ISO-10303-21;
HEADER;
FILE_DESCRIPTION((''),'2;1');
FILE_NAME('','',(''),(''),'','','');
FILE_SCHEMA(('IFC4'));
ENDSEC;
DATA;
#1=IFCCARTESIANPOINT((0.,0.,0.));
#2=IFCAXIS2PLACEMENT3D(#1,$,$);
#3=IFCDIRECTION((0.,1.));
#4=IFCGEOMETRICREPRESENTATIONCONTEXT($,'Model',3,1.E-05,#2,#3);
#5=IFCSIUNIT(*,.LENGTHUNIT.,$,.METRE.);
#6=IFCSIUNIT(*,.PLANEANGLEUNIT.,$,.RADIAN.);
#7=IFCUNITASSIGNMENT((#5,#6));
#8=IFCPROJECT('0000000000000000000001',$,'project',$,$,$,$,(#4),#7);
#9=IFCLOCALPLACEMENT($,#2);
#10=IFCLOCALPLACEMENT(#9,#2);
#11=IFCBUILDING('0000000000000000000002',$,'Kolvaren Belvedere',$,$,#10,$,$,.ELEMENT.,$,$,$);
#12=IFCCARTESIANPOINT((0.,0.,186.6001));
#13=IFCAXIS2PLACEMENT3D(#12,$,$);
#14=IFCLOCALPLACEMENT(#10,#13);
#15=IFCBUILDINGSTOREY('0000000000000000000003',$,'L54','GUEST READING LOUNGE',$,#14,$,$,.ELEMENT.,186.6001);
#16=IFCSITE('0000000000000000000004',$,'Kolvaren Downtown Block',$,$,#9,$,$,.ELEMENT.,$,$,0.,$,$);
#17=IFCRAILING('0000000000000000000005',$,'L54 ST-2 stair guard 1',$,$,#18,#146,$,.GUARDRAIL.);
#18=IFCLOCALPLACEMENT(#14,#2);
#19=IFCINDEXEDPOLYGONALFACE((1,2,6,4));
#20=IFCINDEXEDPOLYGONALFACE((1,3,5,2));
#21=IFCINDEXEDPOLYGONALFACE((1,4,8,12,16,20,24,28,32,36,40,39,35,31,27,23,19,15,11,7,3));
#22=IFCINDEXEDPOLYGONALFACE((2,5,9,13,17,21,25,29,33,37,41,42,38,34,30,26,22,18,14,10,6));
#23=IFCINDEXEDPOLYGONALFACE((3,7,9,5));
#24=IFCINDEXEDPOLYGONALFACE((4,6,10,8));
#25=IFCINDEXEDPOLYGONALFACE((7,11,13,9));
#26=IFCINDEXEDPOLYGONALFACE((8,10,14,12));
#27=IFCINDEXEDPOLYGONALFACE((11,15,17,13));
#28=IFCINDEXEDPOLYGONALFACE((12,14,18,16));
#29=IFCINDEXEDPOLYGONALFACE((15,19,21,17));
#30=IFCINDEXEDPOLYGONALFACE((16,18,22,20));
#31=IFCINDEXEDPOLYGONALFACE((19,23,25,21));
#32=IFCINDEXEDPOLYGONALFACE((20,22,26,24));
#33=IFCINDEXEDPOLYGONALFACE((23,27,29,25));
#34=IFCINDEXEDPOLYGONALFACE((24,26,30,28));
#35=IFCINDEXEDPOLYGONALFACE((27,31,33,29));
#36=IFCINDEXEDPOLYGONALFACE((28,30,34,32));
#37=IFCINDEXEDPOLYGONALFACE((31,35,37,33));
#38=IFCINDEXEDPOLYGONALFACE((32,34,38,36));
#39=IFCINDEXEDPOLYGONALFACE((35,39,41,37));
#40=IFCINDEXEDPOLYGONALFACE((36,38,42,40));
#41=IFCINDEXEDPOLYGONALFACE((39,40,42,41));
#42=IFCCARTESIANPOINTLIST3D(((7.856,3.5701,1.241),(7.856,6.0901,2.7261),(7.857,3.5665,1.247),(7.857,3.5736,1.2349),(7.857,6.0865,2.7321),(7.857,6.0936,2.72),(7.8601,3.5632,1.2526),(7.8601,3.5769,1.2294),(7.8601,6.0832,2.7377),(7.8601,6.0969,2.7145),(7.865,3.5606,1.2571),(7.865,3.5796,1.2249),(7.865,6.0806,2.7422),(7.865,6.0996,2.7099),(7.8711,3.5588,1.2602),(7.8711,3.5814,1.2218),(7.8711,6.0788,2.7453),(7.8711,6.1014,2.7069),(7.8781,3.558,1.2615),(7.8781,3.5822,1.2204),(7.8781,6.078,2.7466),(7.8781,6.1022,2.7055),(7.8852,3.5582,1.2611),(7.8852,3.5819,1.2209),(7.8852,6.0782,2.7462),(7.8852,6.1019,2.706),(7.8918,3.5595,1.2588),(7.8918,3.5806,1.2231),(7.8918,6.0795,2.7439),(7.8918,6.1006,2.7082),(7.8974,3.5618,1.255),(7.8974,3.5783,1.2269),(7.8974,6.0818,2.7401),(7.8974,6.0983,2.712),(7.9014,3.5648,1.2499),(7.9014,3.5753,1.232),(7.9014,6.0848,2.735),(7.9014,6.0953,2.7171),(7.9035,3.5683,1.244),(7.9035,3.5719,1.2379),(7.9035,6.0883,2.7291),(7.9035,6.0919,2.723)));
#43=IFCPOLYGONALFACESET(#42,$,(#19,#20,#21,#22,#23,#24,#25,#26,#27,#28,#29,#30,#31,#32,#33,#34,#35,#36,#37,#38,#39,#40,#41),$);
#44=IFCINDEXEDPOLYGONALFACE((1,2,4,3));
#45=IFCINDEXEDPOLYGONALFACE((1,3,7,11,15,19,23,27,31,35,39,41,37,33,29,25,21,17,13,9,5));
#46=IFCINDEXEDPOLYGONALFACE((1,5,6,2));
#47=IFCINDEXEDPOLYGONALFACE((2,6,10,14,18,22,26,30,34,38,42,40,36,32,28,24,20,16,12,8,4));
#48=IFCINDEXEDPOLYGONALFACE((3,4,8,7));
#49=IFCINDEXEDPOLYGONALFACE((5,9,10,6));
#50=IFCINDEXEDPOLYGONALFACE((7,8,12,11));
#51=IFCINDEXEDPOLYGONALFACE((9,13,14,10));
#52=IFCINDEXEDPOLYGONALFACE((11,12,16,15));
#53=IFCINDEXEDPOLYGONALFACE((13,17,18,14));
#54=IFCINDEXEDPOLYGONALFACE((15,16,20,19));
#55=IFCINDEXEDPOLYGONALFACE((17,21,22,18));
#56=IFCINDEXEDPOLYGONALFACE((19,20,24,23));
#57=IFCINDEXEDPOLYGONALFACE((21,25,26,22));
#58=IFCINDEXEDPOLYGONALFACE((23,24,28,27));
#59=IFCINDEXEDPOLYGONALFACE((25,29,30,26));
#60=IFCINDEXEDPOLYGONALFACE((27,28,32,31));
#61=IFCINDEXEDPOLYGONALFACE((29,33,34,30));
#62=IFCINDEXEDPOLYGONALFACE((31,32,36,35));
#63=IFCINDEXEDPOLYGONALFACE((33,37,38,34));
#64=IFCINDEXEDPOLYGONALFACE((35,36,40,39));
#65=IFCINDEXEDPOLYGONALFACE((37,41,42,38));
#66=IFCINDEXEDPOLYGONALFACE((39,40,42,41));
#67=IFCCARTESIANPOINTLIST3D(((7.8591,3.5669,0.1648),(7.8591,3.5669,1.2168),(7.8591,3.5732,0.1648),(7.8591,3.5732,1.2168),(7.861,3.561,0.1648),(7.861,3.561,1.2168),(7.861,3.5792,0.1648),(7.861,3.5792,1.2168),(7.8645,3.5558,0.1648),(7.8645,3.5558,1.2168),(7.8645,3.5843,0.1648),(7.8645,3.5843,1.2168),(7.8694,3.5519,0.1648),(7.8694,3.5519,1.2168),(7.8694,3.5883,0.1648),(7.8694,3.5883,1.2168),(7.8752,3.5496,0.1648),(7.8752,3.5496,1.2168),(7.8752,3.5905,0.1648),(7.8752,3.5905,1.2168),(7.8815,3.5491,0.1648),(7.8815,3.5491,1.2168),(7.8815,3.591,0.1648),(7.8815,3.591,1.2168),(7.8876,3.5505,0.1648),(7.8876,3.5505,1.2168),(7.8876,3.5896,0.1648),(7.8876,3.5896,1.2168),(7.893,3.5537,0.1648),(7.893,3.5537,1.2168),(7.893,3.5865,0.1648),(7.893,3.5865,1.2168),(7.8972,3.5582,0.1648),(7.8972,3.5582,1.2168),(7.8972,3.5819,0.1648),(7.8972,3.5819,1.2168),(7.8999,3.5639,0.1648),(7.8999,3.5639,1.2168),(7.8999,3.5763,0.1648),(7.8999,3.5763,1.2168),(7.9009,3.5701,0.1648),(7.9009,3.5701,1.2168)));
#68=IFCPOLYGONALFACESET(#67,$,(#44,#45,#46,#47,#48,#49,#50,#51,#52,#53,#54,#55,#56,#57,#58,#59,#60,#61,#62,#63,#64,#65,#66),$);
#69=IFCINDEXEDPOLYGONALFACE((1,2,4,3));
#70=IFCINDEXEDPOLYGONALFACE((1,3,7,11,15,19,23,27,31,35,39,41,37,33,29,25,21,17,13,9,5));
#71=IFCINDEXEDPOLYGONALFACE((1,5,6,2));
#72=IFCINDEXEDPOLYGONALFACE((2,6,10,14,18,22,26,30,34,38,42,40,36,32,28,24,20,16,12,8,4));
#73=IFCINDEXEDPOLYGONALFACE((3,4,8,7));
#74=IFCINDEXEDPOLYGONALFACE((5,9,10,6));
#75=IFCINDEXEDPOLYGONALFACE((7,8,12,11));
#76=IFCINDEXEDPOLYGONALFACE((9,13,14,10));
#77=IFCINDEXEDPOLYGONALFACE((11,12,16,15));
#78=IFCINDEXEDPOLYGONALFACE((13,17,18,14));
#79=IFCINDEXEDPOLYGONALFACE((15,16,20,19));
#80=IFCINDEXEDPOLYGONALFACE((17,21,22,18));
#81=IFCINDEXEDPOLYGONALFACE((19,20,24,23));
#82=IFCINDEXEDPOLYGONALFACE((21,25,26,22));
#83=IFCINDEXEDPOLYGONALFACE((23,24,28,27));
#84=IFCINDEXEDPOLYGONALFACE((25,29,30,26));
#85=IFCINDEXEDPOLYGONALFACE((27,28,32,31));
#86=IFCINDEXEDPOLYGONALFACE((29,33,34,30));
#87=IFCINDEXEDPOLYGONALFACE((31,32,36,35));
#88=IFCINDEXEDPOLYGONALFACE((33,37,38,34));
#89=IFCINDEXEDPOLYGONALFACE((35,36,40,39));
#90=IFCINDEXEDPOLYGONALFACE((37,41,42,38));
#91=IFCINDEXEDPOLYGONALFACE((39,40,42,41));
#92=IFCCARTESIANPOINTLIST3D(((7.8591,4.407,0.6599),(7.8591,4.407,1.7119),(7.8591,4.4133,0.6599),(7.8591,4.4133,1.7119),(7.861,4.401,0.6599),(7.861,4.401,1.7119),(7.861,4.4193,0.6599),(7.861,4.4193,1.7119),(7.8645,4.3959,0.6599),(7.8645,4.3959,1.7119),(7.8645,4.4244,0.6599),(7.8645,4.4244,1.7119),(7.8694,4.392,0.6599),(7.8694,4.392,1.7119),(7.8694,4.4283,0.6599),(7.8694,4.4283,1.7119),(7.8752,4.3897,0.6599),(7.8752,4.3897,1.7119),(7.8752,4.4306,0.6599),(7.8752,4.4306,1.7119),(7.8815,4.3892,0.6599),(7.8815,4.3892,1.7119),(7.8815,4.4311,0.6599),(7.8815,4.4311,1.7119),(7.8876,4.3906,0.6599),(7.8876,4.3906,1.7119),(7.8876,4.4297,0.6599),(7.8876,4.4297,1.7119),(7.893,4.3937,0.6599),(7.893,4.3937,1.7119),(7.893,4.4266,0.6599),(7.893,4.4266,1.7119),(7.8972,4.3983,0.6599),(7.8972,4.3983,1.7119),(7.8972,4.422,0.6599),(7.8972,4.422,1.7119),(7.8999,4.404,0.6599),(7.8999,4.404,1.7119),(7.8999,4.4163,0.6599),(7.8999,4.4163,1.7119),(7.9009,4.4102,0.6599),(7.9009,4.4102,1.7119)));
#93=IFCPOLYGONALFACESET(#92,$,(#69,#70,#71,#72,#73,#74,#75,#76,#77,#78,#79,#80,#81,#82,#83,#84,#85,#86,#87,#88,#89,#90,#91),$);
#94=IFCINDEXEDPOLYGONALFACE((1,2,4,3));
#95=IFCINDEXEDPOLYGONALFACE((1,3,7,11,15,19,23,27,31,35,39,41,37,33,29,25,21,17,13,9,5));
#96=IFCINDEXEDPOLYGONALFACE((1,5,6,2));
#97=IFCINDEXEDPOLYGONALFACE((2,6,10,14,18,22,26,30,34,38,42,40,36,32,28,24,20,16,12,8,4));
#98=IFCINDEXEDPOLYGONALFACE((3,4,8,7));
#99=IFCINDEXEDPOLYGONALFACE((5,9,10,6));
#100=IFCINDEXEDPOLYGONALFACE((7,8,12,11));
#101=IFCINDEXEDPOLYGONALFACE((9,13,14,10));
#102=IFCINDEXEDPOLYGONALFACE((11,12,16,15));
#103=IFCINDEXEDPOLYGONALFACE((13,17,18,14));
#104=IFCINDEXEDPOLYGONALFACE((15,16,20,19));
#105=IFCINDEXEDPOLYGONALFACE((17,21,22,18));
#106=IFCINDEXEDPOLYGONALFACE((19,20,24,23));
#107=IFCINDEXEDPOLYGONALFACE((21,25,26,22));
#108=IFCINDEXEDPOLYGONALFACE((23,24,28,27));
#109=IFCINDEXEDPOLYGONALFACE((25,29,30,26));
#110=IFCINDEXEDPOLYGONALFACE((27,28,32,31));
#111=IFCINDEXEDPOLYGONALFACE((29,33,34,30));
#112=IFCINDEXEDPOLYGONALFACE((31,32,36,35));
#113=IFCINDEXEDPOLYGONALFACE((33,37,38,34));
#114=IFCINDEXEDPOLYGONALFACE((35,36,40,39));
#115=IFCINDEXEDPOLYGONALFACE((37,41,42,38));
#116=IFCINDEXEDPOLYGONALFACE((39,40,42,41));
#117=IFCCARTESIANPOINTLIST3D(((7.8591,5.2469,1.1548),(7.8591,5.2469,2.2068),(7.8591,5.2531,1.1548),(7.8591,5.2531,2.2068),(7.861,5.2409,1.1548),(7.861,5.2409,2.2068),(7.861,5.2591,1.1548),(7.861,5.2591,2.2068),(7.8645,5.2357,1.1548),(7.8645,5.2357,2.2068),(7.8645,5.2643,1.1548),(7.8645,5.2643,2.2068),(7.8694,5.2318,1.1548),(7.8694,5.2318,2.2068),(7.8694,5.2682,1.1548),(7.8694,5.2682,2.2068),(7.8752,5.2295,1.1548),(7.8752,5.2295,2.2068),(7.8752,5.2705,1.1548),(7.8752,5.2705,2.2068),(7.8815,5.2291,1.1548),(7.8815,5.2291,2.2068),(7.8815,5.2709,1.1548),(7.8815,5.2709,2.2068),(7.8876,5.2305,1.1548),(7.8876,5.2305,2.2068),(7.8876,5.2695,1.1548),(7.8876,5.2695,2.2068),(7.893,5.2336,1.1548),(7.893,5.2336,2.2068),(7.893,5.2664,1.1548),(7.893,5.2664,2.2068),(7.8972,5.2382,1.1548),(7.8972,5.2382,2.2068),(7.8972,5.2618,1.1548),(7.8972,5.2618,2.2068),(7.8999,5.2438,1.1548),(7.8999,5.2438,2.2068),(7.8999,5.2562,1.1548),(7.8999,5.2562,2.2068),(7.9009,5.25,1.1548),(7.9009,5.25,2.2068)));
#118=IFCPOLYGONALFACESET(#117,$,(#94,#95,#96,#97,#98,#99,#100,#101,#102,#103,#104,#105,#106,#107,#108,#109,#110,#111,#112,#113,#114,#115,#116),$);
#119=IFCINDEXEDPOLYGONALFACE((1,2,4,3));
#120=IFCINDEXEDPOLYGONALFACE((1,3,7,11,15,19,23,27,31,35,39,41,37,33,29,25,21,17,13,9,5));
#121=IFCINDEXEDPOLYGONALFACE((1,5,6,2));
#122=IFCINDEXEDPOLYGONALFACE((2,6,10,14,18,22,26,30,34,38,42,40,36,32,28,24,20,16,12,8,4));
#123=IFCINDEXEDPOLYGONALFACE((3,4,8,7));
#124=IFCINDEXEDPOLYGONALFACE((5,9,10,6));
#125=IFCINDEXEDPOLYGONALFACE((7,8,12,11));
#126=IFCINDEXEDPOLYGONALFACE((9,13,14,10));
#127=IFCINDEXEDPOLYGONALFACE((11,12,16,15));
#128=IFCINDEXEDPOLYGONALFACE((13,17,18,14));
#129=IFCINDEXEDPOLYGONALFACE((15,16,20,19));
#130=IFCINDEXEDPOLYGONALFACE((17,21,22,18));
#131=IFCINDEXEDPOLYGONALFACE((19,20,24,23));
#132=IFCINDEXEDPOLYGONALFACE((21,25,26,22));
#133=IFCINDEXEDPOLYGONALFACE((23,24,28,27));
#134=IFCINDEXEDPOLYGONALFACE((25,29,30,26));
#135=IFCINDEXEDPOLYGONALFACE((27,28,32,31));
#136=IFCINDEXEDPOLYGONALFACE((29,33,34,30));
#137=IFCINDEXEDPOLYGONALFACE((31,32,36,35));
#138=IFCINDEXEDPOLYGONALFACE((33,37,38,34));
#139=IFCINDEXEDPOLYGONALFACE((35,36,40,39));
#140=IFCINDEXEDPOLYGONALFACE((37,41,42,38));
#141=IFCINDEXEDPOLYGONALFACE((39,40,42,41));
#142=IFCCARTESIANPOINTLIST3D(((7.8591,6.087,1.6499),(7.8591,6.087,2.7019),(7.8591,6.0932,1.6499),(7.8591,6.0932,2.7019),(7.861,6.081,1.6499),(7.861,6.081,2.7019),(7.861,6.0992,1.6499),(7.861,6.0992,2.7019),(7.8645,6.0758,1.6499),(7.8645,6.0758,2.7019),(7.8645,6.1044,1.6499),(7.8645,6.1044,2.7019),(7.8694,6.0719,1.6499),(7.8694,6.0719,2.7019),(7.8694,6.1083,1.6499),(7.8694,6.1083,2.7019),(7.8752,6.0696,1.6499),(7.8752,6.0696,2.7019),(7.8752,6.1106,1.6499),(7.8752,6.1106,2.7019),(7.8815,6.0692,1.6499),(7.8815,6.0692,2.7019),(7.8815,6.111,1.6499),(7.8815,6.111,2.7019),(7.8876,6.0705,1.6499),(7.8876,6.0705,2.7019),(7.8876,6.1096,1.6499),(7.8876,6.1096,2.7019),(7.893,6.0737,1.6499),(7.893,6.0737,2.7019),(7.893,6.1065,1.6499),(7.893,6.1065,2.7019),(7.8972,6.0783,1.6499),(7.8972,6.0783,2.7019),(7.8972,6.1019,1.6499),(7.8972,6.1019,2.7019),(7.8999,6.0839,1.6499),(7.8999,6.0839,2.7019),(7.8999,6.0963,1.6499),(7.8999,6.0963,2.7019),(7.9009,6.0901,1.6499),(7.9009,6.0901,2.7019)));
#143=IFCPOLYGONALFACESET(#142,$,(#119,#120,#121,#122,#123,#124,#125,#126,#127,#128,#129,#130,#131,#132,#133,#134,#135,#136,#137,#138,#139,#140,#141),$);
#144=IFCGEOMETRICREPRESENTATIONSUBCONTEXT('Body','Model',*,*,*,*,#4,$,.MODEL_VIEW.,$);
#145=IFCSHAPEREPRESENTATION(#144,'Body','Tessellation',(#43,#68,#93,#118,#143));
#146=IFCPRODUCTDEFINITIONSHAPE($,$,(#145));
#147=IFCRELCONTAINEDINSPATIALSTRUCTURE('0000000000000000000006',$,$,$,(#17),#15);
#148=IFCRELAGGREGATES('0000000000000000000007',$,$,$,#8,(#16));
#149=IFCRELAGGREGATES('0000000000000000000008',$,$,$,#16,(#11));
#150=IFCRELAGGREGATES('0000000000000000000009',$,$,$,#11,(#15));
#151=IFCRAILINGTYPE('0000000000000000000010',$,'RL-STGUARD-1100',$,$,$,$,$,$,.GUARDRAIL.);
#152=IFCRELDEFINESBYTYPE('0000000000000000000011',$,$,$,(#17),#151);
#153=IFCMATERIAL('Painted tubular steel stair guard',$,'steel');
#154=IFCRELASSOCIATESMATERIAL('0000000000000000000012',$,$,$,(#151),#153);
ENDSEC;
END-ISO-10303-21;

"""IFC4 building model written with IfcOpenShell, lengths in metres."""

from ifc_helpers import new_model, si_unit, direction, frame, origin, origin_2d, place, context, subcontext, project, spatial, circle, extrude, material, type_object, element, save


model = new_model("IFC4")

# Units and contexts
model_context = context("Model", 3, precision=1e-05, world=origin(), true_north=direction((0.0, 1.0)))
body_context = subcontext(model_context, "Body", "Model", "MODEL_VIEW")
ifc_project = project(units=[si_unit("LENGTHUNIT", "METRE"), si_unit("PLANEANGLEUNIT", "RADIAN")], contexts=[model_context])

# Site, building, storey
site_placement = place(None, origin())
site = spatial("IfcSite", under=ifc_project, at=site_placement, Name="Kolvaren Downtown Block", CompositionType="ELEMENT", RefElevation=0.0)
building_placement = place(site_placement, origin())
building = spatial("IfcBuilding", under=site, at=building_placement, Name="Kolvaren Belvedere", CompositionType="ELEMENT")
storey_placement = place(building_placement, frame((0.0, 0.0, 186.6001)))
storey = spatial("IfcBuildingStorey", under=building, at=storey_placement, Name="L54", Description="GUEST READING LOUNGE", CompositionType="ELEMENT", Elevation=186.6001)

# Railing
ifc_material_1 = material(Name="Painted tubular steel stair guard", Category="steel")
railing_type_1 = type_object("IfcRailingType", Name="RL-STGUARD-1100", PredefinedType="GUARDRAIL", material=ifc_material_1)
railing_1_placement = place(storey_placement, frame((7.8799, 3.5701, 0.1648)))
element("IfcRailing", 1, at=railing_1_placement, inside=storey, type_object=railing_type_1, Name="L54 ST-2 stair guard 1", PredefinedType="GUARDRAIL", context=body_context, shape_type="SweptSolid", body=[
    extrude(circle(Radius=0.0239, at=origin_2d()), frame((0.0, 0.0, 1.0762), z_axis=(0.0, 0.861524, 0.507717), x_axis=(-1.0, 0.0, 0.0)), (0.0, 0.0, 1.0), 2.925),
    extrude(circle(Radius=0.021, at=origin_2d()), origin(), (0.0, 0.0, 1.0), 1.052),
    extrude(circle(Radius=0.021, at=origin_2d()), frame((0.0, 0.8401, 0.4951)), (0.0, 0.0, 1.0), 1.052),
    extrude(circle(Radius=0.021, at=origin_2d()), frame((0.0, 1.6799, 0.99)), (0.0, 0.0, 1.0), 1.052),
    extrude(circle(Radius=0.021, at=origin_2d()), frame((0.0, 2.52, 1.4851)), (0.0, 0.0, 1.0), 1.052),
])

save(model, "model.ifc")
